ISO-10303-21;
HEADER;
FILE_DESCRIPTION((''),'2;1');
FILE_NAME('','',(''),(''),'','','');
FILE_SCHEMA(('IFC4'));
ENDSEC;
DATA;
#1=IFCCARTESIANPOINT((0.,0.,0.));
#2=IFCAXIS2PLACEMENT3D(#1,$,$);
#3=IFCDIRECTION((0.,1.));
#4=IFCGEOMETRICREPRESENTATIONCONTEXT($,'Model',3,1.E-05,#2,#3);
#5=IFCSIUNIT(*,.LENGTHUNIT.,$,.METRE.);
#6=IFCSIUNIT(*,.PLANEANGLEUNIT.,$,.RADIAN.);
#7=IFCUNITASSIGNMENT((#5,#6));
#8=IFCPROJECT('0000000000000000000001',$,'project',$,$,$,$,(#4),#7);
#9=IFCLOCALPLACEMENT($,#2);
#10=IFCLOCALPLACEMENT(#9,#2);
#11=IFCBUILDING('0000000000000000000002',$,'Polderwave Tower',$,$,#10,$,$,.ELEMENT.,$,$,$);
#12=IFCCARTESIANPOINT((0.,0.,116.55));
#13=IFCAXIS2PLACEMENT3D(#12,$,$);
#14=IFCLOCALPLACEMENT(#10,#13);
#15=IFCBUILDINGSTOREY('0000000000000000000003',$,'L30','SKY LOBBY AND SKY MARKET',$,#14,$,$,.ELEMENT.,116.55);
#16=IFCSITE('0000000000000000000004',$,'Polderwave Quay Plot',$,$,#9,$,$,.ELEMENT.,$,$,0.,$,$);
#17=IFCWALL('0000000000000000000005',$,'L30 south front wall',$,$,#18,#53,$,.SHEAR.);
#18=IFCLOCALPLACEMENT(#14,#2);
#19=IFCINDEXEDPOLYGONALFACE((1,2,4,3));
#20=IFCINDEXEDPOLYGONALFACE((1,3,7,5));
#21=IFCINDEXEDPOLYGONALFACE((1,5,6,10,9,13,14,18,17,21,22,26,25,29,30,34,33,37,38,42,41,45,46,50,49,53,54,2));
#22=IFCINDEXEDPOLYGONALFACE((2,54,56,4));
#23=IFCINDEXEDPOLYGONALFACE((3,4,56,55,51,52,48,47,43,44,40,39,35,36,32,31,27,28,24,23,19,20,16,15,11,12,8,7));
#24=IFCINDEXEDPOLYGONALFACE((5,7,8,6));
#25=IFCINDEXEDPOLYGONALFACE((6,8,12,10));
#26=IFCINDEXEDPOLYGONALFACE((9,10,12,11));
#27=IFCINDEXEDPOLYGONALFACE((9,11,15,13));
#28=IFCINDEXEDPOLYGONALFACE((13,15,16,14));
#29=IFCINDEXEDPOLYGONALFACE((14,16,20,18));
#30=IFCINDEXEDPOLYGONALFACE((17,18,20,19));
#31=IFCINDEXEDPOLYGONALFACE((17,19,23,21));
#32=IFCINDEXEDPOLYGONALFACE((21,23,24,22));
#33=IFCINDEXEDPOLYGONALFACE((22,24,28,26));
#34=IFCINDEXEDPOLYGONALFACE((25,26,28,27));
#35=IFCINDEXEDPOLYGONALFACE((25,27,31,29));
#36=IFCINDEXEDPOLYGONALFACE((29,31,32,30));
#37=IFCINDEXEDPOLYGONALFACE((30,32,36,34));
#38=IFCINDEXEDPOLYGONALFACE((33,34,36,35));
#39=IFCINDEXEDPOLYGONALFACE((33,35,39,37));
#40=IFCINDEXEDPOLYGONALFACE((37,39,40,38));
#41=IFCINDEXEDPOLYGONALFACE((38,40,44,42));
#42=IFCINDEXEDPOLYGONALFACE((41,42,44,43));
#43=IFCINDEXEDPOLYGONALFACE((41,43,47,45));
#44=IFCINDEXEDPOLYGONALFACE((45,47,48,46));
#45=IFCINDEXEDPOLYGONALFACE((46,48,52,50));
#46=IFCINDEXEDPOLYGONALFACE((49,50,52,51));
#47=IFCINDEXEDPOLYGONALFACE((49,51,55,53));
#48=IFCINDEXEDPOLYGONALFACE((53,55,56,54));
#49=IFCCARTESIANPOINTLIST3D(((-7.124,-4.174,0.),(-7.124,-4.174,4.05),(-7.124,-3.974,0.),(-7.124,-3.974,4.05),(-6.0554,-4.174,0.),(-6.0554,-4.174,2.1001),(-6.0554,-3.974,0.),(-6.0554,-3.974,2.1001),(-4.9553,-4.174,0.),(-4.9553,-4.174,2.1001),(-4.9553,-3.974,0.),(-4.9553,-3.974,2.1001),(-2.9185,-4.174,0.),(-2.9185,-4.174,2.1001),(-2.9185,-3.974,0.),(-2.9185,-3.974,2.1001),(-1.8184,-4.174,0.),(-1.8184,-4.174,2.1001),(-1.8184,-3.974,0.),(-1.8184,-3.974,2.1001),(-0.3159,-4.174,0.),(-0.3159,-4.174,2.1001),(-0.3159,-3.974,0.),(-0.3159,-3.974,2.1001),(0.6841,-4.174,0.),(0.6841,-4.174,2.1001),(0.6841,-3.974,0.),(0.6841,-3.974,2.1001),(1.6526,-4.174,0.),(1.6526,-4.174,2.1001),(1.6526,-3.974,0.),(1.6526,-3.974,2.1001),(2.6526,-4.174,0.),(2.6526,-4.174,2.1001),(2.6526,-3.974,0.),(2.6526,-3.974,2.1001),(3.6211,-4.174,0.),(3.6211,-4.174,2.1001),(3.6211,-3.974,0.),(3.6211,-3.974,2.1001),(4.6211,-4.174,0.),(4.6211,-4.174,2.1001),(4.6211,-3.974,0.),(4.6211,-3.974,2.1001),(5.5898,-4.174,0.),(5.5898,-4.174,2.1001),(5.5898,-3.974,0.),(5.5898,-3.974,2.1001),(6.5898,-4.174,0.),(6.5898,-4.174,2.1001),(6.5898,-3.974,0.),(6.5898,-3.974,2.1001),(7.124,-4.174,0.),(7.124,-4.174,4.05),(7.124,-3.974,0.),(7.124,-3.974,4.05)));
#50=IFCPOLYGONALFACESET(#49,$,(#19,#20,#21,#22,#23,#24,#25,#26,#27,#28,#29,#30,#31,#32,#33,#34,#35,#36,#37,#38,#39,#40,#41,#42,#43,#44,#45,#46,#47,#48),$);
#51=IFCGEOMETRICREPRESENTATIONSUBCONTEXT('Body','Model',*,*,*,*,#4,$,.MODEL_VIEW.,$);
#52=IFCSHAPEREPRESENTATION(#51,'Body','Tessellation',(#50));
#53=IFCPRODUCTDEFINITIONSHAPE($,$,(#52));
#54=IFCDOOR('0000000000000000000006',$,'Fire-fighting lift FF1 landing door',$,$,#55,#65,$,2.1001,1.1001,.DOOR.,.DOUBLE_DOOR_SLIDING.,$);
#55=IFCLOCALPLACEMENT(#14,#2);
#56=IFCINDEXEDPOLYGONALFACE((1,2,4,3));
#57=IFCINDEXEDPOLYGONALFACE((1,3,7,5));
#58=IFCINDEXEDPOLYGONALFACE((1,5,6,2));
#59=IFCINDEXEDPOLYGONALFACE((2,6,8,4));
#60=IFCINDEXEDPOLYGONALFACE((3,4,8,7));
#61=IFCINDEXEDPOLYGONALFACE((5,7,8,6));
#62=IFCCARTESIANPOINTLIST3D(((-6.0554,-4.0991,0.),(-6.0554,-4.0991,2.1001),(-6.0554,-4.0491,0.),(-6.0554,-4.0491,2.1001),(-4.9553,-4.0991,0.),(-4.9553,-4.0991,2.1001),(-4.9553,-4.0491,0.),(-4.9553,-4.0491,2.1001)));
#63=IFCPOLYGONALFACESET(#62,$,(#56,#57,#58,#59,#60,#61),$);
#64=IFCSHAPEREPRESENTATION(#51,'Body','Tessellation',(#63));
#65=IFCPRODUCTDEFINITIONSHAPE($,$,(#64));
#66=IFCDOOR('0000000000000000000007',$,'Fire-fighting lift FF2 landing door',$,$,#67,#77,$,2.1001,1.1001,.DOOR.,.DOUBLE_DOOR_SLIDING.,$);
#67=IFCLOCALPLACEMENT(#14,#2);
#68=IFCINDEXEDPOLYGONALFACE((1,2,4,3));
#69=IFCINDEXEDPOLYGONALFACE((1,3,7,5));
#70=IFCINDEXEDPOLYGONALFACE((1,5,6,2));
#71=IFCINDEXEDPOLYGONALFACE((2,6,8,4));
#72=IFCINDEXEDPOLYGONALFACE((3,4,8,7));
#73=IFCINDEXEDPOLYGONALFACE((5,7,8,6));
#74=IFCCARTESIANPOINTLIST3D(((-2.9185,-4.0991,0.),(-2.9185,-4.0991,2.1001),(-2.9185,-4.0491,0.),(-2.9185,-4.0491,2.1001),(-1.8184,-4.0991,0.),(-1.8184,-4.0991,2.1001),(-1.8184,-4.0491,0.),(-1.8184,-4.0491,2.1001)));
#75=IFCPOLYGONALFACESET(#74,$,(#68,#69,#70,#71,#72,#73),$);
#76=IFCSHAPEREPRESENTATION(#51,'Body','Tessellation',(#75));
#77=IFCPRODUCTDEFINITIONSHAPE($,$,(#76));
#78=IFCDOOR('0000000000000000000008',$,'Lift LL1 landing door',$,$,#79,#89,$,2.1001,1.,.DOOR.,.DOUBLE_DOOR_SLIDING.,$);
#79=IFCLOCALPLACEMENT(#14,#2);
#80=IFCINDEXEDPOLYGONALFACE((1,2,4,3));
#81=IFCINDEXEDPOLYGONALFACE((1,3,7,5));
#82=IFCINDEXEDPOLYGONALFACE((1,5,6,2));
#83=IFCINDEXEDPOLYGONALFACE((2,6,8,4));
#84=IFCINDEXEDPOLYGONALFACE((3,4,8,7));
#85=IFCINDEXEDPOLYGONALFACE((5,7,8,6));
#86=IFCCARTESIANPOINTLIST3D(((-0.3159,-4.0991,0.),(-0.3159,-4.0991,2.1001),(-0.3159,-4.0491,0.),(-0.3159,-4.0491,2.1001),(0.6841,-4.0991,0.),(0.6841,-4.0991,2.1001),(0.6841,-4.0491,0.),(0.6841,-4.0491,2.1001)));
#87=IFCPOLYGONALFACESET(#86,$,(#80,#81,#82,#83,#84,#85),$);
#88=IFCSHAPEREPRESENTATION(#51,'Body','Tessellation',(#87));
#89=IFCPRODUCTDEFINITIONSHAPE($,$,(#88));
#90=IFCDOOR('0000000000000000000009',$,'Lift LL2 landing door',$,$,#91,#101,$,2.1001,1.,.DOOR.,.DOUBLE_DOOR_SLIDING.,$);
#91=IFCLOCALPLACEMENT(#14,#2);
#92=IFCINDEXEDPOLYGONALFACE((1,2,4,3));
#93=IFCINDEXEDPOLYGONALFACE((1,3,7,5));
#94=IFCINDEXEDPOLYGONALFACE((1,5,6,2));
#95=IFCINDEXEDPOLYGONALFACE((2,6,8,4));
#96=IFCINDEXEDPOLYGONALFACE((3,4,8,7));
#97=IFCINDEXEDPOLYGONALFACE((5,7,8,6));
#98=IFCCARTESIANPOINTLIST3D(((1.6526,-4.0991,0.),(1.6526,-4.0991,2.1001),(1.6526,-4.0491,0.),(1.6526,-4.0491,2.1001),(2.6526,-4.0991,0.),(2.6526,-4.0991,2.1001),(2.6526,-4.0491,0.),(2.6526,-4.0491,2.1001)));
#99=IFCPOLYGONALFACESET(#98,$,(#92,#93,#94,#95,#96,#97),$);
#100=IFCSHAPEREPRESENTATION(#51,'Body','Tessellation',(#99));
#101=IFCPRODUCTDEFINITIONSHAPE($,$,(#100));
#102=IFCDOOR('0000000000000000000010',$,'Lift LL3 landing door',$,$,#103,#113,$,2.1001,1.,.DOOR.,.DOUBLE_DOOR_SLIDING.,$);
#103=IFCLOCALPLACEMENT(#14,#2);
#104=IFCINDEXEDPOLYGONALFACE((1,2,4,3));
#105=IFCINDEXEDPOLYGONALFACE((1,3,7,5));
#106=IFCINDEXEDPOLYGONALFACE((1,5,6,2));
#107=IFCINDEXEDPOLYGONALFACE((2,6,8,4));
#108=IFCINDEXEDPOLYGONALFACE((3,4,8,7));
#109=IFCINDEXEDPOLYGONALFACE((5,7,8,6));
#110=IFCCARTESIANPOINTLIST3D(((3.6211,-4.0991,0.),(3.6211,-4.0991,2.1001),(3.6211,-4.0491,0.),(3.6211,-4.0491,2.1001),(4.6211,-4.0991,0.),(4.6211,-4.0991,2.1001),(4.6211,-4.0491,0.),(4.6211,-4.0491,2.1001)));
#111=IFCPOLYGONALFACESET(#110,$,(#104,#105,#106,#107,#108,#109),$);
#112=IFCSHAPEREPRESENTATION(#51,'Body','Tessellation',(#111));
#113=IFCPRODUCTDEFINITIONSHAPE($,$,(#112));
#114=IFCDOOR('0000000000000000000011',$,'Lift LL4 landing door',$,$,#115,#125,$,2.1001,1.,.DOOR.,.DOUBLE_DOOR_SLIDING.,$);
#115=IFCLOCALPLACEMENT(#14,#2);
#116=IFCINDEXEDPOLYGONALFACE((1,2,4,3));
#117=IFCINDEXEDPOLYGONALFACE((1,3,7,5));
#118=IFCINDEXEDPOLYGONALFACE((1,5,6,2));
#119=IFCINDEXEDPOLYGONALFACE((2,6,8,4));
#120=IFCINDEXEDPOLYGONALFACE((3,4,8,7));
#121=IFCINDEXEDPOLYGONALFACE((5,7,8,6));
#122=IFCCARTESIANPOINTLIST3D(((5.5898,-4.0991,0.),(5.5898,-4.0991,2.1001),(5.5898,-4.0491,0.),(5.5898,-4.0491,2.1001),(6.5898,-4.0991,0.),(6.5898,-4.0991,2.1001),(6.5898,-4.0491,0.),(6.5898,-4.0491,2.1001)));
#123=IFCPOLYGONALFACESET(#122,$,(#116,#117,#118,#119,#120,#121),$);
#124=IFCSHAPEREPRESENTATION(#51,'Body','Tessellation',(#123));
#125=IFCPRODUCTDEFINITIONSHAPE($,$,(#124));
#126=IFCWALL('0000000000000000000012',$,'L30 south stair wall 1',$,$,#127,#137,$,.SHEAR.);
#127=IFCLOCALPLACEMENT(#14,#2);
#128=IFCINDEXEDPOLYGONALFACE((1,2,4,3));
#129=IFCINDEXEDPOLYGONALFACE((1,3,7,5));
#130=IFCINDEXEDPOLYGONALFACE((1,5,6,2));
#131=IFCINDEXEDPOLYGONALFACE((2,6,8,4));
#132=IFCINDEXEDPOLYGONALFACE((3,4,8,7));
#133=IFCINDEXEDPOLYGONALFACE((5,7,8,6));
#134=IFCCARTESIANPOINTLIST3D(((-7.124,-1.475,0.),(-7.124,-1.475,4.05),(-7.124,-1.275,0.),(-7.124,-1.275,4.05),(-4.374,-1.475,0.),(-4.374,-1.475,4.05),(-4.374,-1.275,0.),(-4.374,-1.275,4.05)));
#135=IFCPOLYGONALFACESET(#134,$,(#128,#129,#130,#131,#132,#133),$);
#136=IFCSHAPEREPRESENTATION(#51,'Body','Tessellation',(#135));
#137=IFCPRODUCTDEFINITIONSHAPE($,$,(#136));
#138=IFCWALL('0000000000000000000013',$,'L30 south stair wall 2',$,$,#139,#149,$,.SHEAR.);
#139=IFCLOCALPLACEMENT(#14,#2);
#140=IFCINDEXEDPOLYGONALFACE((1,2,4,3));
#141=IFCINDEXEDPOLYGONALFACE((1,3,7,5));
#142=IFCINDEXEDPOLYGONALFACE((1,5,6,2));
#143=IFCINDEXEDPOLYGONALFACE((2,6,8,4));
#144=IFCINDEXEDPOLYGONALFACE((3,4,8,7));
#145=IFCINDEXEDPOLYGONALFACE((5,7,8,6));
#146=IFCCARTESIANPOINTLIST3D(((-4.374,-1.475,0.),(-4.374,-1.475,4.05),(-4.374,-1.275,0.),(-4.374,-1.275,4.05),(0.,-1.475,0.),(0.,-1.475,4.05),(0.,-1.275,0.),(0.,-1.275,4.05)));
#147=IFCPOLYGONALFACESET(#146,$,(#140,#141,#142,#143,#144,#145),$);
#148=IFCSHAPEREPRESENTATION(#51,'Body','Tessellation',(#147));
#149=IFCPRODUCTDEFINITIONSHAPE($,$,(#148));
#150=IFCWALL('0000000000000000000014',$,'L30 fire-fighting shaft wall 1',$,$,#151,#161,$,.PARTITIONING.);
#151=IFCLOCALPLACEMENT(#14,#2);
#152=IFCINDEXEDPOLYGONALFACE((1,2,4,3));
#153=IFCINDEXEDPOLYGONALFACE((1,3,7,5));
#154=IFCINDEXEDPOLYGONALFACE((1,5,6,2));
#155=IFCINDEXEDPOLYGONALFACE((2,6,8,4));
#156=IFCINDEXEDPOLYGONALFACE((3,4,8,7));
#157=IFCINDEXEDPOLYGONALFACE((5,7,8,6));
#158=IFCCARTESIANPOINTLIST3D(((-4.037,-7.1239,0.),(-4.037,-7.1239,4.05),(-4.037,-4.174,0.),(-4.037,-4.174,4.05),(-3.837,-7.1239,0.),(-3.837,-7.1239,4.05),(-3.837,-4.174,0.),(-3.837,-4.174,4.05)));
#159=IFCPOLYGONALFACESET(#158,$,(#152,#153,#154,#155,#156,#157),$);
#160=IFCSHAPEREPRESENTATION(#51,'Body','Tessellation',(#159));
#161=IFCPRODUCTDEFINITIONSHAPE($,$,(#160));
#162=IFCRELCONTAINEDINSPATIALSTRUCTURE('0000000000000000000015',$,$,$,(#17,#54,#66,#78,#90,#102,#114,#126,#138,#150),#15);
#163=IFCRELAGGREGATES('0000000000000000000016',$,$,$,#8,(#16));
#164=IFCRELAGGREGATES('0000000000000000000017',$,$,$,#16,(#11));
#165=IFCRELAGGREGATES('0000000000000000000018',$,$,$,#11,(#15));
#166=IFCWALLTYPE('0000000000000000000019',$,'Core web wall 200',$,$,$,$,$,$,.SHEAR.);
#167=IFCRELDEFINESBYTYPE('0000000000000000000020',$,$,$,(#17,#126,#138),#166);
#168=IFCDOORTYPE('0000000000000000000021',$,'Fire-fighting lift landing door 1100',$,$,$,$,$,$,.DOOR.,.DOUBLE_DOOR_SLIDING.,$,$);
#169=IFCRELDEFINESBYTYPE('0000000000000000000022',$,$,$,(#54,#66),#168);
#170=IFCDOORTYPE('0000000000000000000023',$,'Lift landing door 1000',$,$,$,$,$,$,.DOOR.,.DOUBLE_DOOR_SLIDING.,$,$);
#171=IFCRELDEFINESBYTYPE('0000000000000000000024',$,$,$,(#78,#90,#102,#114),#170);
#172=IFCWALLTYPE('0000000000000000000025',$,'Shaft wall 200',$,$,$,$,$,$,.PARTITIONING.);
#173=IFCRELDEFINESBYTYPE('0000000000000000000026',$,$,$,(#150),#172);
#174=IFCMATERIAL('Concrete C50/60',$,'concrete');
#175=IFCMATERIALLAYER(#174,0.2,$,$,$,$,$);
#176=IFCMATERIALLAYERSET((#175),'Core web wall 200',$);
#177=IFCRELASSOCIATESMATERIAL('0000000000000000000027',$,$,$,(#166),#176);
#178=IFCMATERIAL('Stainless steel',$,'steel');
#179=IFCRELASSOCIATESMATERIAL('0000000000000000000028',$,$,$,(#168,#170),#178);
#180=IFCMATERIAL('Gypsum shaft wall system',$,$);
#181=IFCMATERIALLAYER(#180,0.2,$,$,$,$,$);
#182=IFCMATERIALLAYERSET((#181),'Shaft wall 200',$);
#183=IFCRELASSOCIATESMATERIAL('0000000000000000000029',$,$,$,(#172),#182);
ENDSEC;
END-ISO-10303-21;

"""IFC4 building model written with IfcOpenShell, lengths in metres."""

from ifc_helpers import new_model, si_unit, direction, frame, frame_2d, origin, place, context, subcontext, project, spatial, rectangle, extrude, material, layer, layer_set, type_object, element, fill, save


model = new_model("IFC4")

# Units and contexts
model_context = context("Model", 3, precision=1e-05, world=origin(), true_north=direction((0.0, 1.0)))
body_context = subcontext(model_context, "Body", "Model", "MODEL_VIEW")
ifc_project = project(units=[si_unit("LENGTHUNIT", "METRE"), si_unit("PLANEANGLEUNIT", "RADIAN")], contexts=[model_context])

# Site, building, storey
site_placement = place(None, origin())
site = spatial("IfcSite", under=ifc_project, at=site_placement, Name="Polderwave Quay Plot", CompositionType="ELEMENT", RefElevation=0.0)
building_placement = place(site_placement, origin())
building = spatial("IfcBuilding", under=site, at=building_placement, Name="Polderwave Tower", CompositionType="ELEMENT")
storey_placement = place(building_placement, frame((0.0, 0.0, 116.55)))
storey = spatial("IfcBuildingStorey", under=building, at=storey_placement, Name="L30", Description="SKY LOBBY AND SKY MARKET", CompositionType="ELEMENT", Elevation=116.55)

# Wall, openings, doors
ifc_material_1 = material(Name="Concrete C50/60", Category="concrete")
ifc_layer_1 = layer(ifc_material_1, 0.2)
ifc_layer_set_1 = layer_set([ifc_layer_1], Name="Core web wall 200")
wall_type_1 = type_object("IfcWallType", Name="Core web wall 200", PredefinedType="SHEAR", material=ifc_layer_set_1)
wall_1_placement = place(storey_placement, frame((-7.124, -4.074, 0.0), z_axis=(0.0, 0.0, 1.0), x_axis=(1.0, 0.0, 0.0)))
wall_1 = element("IfcWall", 1, at=wall_1_placement, inside=storey, type_object=wall_type_1, Name="L30 south front wall", PredefinedType="SHEAR", context=body_context, shape_type="SweptSolid", body=[
    extrude(rectangle(XDim=14.248, YDim=0.2, at=frame_2d((7.124, 0.0))), origin(), (0.0, 0.0, 1.0), 4.05),
])
opening_1_placement = place(wall_1_placement, frame((1.0686, 0.0, 0.0)))
opening_1 = element("IfcOpeningElement", 2, at=opening_1_placement, cuts=wall_1, PredefinedType="OPENING", context=body_context, shape_type="SweptSolid", body=[
    extrude(rectangle(XDim=1.1001, YDim=2.1001, at=frame_2d((0.55, 1.05))), frame((0.0, 0.1099, 0.0), z_axis=(0.0, -1.0, 0.0), x_axis=(1.0, 0.0, 0.0)), (0.0, 0.0, 1.0), 0.22),
])
opening_2_placement = place(wall_1_placement, frame((4.2056, 0.0, 0.0)))
opening_2 = element("IfcOpeningElement", 3, at=opening_2_placement, cuts=wall_1, PredefinedType="OPENING", context=body_context, shape_type="SweptSolid", body=[
    extrude(rectangle(XDim=1.1001, YDim=2.1001, at=frame_2d((0.55, 1.05))), frame((0.0, 0.1099, 0.0), z_axis=(0.0, -1.0, 0.0), x_axis=(1.0, 0.0, 0.0)), (0.0, 0.0, 1.0), 0.22),
])
opening_3_placement = place(wall_1_placement, frame((6.8081, 0.0, 0.0)))
opening_3 = element("IfcOpeningElement", 4, at=opening_3_placement, cuts=wall_1, PredefinedType="OPENING", context=body_context, shape_type="SweptSolid", body=[
    extrude(rectangle(XDim=1.0, YDim=2.1001, at=frame_2d((0.5, 1.05))), frame((0.0, 0.1099, 0.0), z_axis=(0.0, -1.0, 0.0), x_axis=(1.0, 0.0, 0.0)), (0.0, 0.0, 1.0), 0.22),
])
opening_4_placement = place(wall_1_placement, frame((8.7766, 0.0, 0.0)))
opening_4 = element("IfcOpeningElement", 5, at=opening_4_placement, cuts=wall_1, PredefinedType="OPENING", context=body_context, shape_type="SweptSolid", body=[
    extrude(rectangle(XDim=1.0, YDim=2.1001, at=frame_2d((0.5, 1.05))), frame((0.0, 0.1099, 0.0), z_axis=(0.0, -1.0, 0.0), x_axis=(1.0, 0.0, 0.0)), (0.0, 0.0, 1.0), 0.22),
])
opening_5_placement = place(wall_1_placement, frame((10.7451, 0.0, 0.0)))
opening_5 = element("IfcOpeningElement", 6, at=opening_5_placement, cuts=wall_1, PredefinedType="OPENING", context=body_context, shape_type="SweptSolid", body=[
    extrude(rectangle(XDim=1.0, YDim=2.1001, at=frame_2d((0.5, 1.05))), frame((0.0, 0.1099, 0.0), z_axis=(0.0, -1.0, 0.0), x_axis=(1.0, 0.0, 0.0)), (0.0, 0.0, 1.0), 0.22),
])
opening_6_placement = place(wall_1_placement, frame((12.7139, 0.0, 0.0)))
opening_6 = element("IfcOpeningElement", 7, at=opening_6_placement, cuts=wall_1, PredefinedType="OPENING", context=body_context, shape_type="SweptSolid", body=[
    extrude(rectangle(XDim=1.0, YDim=2.1001, at=frame_2d((0.5, 1.05))), frame((0.0, 0.1099, 0.0), z_axis=(0.0, -1.0, 0.0), x_axis=(1.0, 0.0, 0.0)), (0.0, 0.0, 1.0), 0.22),
])
ifc_material_2 = material(Name="Stainless steel", Category="steel")
door_type_1 = type_object("IfcDoorType", Name="Fire-fighting lift landing door 1100", OperationType="DOUBLE_DOOR_SLIDING", PredefinedType="DOOR", material=ifc_material_2)
door_1_placement = place(opening_1_placement, origin())
door_1 = element("IfcDoor", 8, at=door_1_placement, inside=storey, type_object=door_type_1, Name="Fire-fighting lift FF1 landing door", OperationType="DOUBLE_DOOR_SLIDING", OverallHeight=2.1001, OverallWidth=1.1001, PredefinedType="DOOR", context=body_context, shape_type="SweptSolid", body=[
    extrude(rectangle(XDim=1.1001, YDim=2.1001, at=frame_2d((0.55, 1.05))), frame((0.0, 0.0249, 0.0), z_axis=(0.0, -1.0, 0.0), x_axis=(1.0, 0.0, 0.0)), (0.0, 0.0, 1.0), 0.05),
])
fill(opening_1, door_1)
door_2_placement = place(opening_2_placement, origin())
door_2 = element("IfcDoor", 9, at=door_2_placement, inside=storey, type_object=door_type_1, Name="Fire-fighting lift FF2 landing door", OperationType="DOUBLE_DOOR_SLIDING", OverallHeight=2.1001, OverallWidth=1.1001, PredefinedType="DOOR", context=body_context, shape_type="SweptSolid", body=[
    extrude(rectangle(XDim=1.1001, YDim=2.1001, at=frame_2d((0.55, 1.05))), frame((0.0, 0.0249, 0.0), z_axis=(0.0, -1.0, 0.0), x_axis=(1.0, 0.0, 0.0)), (0.0, 0.0, 1.0), 0.05),
])
fill(opening_2, door_2)
door_type_2 = type_object("IfcDoorType", Name="Lift landing door 1000", OperationType="DOUBLE_DOOR_SLIDING", PredefinedType="DOOR", material=ifc_material_2)
door_3_placement = place(opening_3_placement, origin())
door_3 = element("IfcDoor", 10, at=door_3_placement, inside=storey, type_object=door_type_2, Name="Lift LL1 landing door", OperationType="DOUBLE_DOOR_SLIDING", OverallHeight=2.1001, OverallWidth=1.0, PredefinedType="DOOR", context=body_context, shape_type="SweptSolid", body=[
    extrude(rectangle(XDim=1.0, YDim=2.1001, at=frame_2d((0.5, 1.05))), frame((0.0, 0.0249, 0.0), z_axis=(0.0, -1.0, 0.0), x_axis=(1.0, 0.0, 0.0)), (0.0, 0.0, 1.0), 0.05),
])
fill(opening_3, door_3)
door_4_placement = place(opening_4_placement, origin())
door_4 = element("IfcDoor", 11, at=door_4_placement, inside=storey, type_object=door_type_2, Name="Lift LL2 landing door", OperationType="DOUBLE_DOOR_SLIDING", OverallHeight=2.1001, OverallWidth=1.0, PredefinedType="DOOR", context=body_context, shape_type="SweptSolid", body=[
    extrude(rectangle(XDim=1.0, YDim=2.1001, at=frame_2d((0.5, 1.05))), frame((0.0, 0.0249, 0.0), z_axis=(0.0, -1.0, 0.0), x_axis=(1.0, 0.0, 0.0)), (0.0, 0.0, 1.0), 0.05),
])
fill(opening_4, door_4)
door_5_placement = place(opening_5_placement, origin())
door_5 = element("IfcDoor", 12, at=door_5_placement, inside=storey, type_object=door_type_2, Name="Lift LL3 landing door", OperationType="DOUBLE_DOOR_SLIDING", OverallHeight=2.1001, OverallWidth=1.0, PredefinedType="DOOR", context=body_context, shape_type="SweptSolid", body=[
    extrude(rectangle(XDim=1.0, YDim=2.1001, at=frame_2d((0.5, 1.05))), frame((0.0, 0.0249, 0.0), z_axis=(0.0, -1.0, 0.0), x_axis=(1.0, 0.0, 0.0)), (0.0, 0.0, 1.0), 0.05),
])
fill(opening_5, door_5)
door_6_placement = place(opening_6_placement, origin())
door_6 = element("IfcDoor", 13, at=door_6_placement, inside=storey, type_object=door_type_2, Name="Lift LL4 landing door", OperationType="DOUBLE_DOOR_SLIDING", OverallHeight=2.1001, OverallWidth=1.0, PredefinedType="DOOR", context=body_context, shape_type="SweptSolid", body=[
    extrude(rectangle(XDim=1.0, YDim=2.1001, at=frame_2d((0.5, 1.05))), frame((0.0, 0.0249, 0.0), z_axis=(0.0, -1.0, 0.0), x_axis=(1.0, 0.0, 0.0)), (0.0, 0.0, 1.0), 0.05),
])
fill(opening_6, door_6)

# Walls
wall_2_placement = place(storey_placement, frame((-7.124, -1.375, 0.0), z_axis=(0.0, 0.0, 1.0), x_axis=(1.0, 0.0, 0.0)))
element("IfcWall", 14, at=wall_2_placement, inside=storey, type_object=wall_type_1, Name="L30 south stair wall 1", PredefinedType="SHEAR", context=body_context, shape_type="SweptSolid", body=[
    extrude(rectangle(XDim=2.75, YDim=0.2, at=frame_2d((1.375, 0.0))), origin(), (0.0, 0.0, 1.0), 4.05),
])
wall_3_placement = place(storey_placement, frame((-4.374, -1.375, 0.0), z_axis=(0.0, 0.0, 1.0), x_axis=(1.0, 0.0, 0.0)))
element("IfcWall", 15, at=wall_3_placement, inside=storey, type_object=wall_type_1, Name="L30 south stair wall 2", PredefinedType="SHEAR", context=body_context, shape_type="SweptSolid", body=[
    extrude(rectangle(XDim=4.374, YDim=0.2, at=frame_2d((2.187, 0.0))), origin(), (0.0, 0.0, 1.0), 4.05),
])
ifc_material_3 = material(Name="Gypsum shaft wall system")
ifc_layer_2 = layer(ifc_material_3, 0.2)
ifc_layer_set_2 = layer_set([ifc_layer_2], Name="Shaft wall 200")
wall_type_2 = type_object("IfcWallType", Name="Shaft wall 200", PredefinedType="PARTITIONING", material=ifc_layer_set_2)
for number, where, z_axis, x_axis, name in (
    (16, (-3.937, -7.124, 0.0), (0.0, 0.0, 1.0), (0.0, 1.0, 0.0), "L30 fire-fighting shaft wall 1"),
):
    element("IfcWall", number, at=place(storey_placement, frame(where, z_axis=z_axis, x_axis=x_axis)), inside=storey, type_object=wall_type_2, Name=name, PredefinedType="PARTITIONING", context=body_context, shape_type="SweptSolid", body=[
        extrude(rectangle(XDim=2.95, YDim=0.2, at=frame_2d((1.4751, 0.0))), origin(), (0.0, 0.0, 1.0), 4.05),
    ])

save(model, "model.ifc")
